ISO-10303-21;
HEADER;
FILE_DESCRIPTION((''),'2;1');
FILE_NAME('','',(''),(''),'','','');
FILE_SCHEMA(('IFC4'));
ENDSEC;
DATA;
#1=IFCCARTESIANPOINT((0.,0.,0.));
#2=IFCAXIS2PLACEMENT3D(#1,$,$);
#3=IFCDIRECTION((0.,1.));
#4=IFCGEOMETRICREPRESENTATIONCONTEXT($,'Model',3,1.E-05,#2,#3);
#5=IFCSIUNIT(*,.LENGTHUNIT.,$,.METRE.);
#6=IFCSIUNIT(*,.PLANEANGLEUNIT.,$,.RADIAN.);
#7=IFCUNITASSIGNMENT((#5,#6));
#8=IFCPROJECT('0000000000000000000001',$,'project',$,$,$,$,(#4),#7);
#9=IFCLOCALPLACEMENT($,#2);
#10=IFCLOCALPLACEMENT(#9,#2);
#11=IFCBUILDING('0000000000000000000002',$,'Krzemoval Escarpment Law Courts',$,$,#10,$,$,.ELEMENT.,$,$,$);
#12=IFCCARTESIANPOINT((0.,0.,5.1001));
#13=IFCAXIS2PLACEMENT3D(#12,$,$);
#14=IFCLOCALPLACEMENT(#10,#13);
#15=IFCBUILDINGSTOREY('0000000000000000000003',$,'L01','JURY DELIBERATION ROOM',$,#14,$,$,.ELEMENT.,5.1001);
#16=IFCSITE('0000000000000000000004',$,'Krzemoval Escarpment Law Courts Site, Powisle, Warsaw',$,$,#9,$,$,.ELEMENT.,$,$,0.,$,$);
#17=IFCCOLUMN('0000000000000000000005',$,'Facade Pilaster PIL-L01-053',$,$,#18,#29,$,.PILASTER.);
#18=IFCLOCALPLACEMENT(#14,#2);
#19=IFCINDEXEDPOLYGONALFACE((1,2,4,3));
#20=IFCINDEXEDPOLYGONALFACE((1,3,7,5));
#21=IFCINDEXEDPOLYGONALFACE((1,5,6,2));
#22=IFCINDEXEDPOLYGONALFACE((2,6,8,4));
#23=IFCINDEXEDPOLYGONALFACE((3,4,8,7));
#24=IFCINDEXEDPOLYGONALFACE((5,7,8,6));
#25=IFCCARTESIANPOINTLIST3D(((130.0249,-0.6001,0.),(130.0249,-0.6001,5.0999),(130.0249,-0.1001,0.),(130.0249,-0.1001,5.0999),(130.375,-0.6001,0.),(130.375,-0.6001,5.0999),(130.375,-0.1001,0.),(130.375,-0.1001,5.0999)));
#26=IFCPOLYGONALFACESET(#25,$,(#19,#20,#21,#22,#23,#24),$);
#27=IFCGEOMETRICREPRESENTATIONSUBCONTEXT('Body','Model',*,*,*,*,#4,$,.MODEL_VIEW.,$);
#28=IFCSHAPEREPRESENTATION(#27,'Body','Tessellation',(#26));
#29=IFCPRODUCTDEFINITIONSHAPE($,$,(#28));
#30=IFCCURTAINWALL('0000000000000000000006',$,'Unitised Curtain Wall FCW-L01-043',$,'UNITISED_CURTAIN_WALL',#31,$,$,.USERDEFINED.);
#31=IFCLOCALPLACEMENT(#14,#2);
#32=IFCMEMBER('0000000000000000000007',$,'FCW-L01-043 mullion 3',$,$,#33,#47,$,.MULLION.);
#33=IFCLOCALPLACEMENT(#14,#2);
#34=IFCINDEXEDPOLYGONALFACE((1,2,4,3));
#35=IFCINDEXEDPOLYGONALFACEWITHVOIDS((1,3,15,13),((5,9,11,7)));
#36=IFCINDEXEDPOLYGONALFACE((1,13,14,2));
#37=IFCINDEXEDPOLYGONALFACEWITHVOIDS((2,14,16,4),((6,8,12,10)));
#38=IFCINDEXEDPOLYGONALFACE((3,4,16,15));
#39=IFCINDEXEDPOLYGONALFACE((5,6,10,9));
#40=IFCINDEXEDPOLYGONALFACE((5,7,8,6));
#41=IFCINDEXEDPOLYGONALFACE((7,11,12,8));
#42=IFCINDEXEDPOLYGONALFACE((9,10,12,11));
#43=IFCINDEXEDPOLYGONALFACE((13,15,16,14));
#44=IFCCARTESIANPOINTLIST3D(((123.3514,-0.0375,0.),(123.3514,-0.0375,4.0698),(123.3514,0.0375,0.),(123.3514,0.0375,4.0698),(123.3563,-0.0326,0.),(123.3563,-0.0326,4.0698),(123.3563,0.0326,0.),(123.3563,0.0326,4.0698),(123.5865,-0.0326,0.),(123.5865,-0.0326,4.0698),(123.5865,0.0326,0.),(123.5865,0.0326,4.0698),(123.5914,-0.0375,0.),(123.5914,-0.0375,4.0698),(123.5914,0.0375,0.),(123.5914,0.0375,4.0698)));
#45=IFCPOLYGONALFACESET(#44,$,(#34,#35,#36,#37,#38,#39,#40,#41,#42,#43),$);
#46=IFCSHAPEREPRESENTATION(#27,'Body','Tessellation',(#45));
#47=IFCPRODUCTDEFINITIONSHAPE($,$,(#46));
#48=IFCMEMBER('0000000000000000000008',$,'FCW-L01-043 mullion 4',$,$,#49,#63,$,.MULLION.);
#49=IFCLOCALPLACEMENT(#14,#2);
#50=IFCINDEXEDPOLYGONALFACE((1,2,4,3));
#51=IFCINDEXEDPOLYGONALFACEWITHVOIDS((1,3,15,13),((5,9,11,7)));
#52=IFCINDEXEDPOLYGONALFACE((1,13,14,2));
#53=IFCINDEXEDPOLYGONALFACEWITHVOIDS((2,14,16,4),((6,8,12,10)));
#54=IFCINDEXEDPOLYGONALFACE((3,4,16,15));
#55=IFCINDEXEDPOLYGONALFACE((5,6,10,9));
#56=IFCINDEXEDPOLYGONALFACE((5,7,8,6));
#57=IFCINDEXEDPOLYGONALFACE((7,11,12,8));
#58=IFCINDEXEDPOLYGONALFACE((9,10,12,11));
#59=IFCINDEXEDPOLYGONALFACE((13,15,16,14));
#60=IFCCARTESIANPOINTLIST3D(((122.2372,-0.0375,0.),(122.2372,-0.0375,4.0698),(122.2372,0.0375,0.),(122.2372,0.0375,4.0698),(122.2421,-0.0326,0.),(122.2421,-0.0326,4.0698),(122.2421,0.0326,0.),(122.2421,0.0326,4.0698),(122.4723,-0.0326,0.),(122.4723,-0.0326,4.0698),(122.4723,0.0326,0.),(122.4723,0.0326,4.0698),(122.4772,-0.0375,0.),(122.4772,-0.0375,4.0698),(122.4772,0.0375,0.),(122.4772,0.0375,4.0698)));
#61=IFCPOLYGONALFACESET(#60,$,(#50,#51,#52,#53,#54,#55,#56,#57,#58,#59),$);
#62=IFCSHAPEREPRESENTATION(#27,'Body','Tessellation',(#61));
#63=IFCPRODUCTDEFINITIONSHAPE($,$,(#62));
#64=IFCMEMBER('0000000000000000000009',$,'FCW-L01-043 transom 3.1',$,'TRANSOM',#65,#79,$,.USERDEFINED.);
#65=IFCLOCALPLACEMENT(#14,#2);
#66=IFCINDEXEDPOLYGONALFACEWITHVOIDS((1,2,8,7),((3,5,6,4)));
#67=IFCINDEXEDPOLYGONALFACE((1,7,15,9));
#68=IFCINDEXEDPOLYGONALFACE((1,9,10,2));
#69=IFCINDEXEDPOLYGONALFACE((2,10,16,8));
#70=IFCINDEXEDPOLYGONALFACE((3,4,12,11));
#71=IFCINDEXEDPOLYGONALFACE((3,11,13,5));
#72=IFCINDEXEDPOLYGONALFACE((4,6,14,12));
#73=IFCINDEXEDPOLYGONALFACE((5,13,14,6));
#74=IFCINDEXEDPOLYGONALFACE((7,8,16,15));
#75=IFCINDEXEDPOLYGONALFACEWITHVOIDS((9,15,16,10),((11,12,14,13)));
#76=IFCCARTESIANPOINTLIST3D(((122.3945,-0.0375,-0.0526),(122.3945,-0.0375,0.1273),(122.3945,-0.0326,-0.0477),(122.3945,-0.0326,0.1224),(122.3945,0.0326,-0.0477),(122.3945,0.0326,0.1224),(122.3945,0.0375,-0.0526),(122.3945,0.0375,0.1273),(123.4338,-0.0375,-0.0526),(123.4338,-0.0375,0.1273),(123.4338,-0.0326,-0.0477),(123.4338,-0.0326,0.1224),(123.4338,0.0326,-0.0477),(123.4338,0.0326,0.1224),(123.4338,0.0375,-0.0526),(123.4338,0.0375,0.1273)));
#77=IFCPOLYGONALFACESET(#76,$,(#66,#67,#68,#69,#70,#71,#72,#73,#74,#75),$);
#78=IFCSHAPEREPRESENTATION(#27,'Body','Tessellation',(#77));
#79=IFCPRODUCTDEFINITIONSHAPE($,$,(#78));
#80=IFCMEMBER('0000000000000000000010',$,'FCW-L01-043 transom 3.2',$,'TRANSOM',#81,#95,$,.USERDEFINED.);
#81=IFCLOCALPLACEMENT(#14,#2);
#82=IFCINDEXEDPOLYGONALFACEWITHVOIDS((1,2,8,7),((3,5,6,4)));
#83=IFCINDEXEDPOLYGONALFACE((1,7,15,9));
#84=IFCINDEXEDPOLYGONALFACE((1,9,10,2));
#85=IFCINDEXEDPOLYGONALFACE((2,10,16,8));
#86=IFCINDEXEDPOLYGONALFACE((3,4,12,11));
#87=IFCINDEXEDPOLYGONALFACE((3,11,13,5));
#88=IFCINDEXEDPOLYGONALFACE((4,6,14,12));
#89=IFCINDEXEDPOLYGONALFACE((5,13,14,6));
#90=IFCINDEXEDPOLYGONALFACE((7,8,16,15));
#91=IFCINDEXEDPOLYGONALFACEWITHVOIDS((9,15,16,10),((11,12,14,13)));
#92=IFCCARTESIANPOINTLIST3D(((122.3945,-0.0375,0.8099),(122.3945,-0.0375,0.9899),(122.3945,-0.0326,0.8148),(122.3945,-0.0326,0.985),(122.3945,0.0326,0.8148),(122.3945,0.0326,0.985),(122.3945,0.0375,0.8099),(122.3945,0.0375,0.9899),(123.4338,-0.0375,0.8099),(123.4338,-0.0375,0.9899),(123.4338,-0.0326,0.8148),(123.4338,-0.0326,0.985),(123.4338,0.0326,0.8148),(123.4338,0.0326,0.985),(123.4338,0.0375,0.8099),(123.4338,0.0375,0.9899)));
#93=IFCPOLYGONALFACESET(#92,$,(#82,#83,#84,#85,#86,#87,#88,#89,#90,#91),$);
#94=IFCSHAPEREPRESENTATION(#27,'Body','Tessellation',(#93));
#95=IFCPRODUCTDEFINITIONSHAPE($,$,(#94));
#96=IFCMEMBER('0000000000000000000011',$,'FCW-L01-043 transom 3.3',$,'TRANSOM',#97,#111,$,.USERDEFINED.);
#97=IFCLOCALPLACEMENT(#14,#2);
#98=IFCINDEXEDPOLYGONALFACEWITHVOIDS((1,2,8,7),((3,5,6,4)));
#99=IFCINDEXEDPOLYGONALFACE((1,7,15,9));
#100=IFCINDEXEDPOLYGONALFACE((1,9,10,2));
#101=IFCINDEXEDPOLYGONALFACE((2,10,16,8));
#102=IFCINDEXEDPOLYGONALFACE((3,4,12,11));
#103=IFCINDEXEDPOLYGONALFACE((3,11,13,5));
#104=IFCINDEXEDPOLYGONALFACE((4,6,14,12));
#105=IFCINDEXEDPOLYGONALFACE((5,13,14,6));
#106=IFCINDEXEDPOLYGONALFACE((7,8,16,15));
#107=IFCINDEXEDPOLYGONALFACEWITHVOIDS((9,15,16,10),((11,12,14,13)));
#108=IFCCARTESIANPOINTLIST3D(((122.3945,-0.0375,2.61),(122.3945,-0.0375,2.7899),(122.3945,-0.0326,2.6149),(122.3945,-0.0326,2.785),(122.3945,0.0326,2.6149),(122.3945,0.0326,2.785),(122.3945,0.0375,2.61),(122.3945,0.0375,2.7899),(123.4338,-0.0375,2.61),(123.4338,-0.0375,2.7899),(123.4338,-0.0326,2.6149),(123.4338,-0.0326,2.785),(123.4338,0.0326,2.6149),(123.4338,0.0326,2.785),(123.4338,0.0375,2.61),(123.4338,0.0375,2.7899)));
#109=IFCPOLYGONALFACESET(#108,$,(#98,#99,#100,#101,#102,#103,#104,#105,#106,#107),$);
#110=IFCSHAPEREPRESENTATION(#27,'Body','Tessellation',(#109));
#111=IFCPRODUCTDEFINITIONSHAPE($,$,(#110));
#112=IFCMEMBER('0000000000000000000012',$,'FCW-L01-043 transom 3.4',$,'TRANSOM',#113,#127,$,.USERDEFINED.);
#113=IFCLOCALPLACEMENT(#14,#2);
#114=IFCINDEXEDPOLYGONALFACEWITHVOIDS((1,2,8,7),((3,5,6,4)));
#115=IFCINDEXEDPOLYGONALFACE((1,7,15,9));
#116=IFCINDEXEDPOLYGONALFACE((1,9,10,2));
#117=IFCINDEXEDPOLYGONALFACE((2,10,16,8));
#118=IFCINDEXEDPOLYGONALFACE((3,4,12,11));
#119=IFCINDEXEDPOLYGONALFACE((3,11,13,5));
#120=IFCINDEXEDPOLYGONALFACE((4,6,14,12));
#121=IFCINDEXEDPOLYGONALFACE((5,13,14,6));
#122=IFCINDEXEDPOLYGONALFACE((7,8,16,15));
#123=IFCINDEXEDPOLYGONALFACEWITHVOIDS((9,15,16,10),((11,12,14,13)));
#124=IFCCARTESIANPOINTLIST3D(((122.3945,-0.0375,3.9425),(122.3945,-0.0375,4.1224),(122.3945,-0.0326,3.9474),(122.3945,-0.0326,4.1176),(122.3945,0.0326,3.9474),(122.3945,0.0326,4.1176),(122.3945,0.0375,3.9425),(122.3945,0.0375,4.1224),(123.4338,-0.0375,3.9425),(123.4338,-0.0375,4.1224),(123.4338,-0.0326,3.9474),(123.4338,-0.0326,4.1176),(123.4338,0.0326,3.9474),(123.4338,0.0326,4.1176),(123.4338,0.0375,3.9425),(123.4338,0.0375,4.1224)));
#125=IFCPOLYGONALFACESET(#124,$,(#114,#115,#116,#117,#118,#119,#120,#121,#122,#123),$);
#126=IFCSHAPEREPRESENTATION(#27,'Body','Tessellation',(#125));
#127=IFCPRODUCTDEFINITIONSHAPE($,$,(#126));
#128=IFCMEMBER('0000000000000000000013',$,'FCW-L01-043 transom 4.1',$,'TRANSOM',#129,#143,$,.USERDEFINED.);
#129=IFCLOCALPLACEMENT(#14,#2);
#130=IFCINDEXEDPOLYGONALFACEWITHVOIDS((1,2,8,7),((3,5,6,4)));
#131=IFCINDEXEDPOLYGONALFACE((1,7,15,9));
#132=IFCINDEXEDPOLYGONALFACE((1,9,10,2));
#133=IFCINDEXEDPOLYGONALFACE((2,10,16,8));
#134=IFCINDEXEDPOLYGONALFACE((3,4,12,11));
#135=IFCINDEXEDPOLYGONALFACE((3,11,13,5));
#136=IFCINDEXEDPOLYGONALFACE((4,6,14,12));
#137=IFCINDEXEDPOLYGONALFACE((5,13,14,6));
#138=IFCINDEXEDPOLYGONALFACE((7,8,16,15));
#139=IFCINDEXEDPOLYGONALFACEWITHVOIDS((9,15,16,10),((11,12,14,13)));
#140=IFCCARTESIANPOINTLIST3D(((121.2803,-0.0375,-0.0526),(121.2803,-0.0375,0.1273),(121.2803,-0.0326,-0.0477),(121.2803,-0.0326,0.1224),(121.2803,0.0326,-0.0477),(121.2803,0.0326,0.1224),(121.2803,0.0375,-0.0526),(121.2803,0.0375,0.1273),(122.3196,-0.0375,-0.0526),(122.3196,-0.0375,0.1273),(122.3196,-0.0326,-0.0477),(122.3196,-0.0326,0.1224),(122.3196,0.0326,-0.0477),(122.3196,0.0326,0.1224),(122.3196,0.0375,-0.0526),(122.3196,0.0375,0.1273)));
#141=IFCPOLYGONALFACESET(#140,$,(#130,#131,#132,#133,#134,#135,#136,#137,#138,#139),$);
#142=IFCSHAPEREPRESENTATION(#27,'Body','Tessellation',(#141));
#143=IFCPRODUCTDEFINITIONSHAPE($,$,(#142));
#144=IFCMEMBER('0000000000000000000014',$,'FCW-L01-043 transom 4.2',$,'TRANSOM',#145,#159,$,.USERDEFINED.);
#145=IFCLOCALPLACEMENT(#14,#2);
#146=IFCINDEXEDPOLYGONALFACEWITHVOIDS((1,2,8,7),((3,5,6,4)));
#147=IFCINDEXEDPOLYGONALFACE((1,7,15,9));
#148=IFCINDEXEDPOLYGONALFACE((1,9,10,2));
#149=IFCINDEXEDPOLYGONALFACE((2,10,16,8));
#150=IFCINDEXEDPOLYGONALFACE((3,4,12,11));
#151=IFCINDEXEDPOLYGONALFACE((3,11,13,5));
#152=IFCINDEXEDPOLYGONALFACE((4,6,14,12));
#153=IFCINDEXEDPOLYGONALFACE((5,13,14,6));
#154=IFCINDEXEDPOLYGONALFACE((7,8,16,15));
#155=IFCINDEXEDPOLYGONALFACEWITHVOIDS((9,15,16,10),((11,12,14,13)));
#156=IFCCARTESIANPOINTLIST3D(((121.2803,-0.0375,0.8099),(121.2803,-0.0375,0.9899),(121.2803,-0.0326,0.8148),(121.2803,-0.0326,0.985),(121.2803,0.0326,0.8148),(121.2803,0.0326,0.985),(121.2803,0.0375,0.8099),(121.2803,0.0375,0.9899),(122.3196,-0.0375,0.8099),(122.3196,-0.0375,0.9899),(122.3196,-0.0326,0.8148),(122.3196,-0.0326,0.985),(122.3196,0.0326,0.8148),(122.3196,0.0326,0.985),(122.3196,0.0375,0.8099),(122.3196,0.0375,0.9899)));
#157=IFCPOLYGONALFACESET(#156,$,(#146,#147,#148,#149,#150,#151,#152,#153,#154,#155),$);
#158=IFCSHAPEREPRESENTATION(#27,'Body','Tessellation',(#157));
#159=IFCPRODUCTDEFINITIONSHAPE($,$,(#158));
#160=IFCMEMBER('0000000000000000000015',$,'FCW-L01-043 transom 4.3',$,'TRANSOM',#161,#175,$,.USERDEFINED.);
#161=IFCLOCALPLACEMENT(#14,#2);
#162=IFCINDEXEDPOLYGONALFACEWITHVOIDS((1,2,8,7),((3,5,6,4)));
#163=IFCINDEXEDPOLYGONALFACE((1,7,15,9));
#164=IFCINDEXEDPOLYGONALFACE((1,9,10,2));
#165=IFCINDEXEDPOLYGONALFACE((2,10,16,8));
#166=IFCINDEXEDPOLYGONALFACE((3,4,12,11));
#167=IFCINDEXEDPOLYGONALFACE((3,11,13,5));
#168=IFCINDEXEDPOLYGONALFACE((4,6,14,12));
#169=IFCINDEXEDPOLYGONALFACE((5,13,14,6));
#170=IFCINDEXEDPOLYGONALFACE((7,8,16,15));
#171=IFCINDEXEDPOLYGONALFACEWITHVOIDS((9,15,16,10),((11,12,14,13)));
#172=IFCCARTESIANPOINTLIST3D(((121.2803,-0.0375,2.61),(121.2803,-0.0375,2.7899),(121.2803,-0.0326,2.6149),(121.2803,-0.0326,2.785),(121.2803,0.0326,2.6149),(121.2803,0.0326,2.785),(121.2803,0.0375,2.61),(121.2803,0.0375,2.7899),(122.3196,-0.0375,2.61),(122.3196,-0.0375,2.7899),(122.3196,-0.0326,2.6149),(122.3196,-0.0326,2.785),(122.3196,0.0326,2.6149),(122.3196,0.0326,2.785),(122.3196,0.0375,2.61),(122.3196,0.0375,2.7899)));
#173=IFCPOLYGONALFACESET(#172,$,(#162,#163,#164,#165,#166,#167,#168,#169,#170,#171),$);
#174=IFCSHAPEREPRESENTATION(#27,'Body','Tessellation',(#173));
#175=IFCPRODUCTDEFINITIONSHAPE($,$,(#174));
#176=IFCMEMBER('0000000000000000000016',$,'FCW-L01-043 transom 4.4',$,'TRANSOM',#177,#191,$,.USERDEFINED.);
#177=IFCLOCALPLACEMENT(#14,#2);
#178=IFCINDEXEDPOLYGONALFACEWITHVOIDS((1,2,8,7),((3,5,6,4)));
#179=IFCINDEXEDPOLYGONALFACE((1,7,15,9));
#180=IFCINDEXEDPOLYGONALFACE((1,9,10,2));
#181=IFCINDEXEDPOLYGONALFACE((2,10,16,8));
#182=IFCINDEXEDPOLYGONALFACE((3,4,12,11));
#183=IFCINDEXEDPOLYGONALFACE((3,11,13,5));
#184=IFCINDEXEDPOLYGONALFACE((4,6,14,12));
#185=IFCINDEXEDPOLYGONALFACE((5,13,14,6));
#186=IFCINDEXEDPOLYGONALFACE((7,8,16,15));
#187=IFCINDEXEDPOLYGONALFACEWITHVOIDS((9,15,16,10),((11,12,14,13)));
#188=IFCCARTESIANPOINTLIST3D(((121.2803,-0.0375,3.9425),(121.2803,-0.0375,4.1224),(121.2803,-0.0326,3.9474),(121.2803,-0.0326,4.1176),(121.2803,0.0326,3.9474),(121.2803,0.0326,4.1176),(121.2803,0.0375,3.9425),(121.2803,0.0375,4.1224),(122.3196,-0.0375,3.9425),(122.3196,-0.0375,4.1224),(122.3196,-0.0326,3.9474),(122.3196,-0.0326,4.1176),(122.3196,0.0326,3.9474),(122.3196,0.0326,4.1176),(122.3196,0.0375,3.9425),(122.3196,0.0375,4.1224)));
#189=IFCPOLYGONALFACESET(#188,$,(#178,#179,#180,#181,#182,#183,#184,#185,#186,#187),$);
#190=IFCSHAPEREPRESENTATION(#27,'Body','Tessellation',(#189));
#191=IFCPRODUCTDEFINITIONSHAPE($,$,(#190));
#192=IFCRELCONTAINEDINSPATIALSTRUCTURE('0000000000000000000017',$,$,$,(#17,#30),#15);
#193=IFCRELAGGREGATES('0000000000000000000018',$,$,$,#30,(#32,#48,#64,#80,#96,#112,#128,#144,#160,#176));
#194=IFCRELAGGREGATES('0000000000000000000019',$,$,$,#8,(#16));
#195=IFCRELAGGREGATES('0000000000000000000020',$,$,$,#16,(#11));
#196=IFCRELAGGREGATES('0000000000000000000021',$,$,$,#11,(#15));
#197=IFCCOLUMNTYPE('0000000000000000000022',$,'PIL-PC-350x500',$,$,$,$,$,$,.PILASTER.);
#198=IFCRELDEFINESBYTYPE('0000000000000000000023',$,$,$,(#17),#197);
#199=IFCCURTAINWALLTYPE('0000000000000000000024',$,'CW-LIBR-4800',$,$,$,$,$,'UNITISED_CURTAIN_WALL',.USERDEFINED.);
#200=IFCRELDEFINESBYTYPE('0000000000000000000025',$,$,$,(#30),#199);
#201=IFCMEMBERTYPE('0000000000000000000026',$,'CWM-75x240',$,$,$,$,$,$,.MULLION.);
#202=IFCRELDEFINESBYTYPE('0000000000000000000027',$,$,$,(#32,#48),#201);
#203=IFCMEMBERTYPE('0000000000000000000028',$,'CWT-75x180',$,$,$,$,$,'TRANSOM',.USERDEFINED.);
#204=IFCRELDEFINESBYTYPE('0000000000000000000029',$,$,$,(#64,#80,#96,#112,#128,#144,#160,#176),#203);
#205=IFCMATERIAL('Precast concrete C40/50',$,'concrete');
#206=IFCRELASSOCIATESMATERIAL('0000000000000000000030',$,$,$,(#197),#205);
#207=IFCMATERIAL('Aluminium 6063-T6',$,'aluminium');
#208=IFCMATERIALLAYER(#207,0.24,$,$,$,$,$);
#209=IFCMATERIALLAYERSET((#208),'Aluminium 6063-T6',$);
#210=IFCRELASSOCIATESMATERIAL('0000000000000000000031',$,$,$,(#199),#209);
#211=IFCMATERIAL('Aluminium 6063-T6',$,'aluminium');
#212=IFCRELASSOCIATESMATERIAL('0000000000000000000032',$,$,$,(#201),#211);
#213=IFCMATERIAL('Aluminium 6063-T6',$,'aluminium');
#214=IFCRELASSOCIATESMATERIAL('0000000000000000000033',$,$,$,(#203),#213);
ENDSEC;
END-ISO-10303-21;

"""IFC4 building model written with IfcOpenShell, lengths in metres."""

from ifc_helpers import new_model, si_unit, direction, frame, origin, origin_2d, place, context, subcontext, project, spatial, rectangle, hollow_rectangle, extrude, material, layer, layer_set, material_profile, profile_set, type_object, element, aggregate, save


model = new_model("IFC4")

# Units and contexts
model_context = context("Model", 3, precision=1e-05, world=origin(), true_north=direction((0.0, 1.0)))
body_context = subcontext(model_context, "Body", "Model", "MODEL_VIEW")
ifc_project = project(units=[si_unit("LENGTHUNIT", "METRE"), si_unit("PLANEANGLEUNIT", "RADIAN")], contexts=[model_context])

# Site, building, storey
site_placement = place(None, origin())
site = spatial("IfcSite", under=ifc_project, at=site_placement, Name="Krzemoval Escarpment Law Courts Site, Powisle, Warsaw", CompositionType="ELEMENT", RefElevation=0.0)
building_placement = place(site_placement, origin())
building = spatial("IfcBuilding", under=site, at=building_placement, Name="Krzemoval Escarpment Law Courts", CompositionType="ELEMENT")
storey_placement = place(building_placement, frame((0.0, 0.0, 5.1001)))
storey = spatial("IfcBuildingStorey", under=building, at=storey_placement, Name="L01", Description="JURY DELIBERATION ROOM", CompositionType="ELEMENT", Elevation=5.1001)

# Column
ifc_material_1 = material(Name="Precast concrete C40/50", Category="concrete")
ifc_material_profile_1 = material_profile(ifc_material_1, rectangle(XDim=0.3501, YDim=0.5, at=origin_2d()), Name="PIL 350x500")
ifc_profile_set_1 = profile_set([ifc_material_profile_1], Name="Precast concrete C40/50")
column_type = type_object("IfcColumnType", Name="PIL-PC-350x500", PredefinedType="PILASTER", material=ifc_profile_set_1)
column_placement = place(storey_placement, frame((130.2, -0.3501, 0.0), z_axis=(0.0, 0.0, 1.0), x_axis=(1.0, 0.0, 0.0)))
element("IfcColumn", 1, at=column_placement, inside=storey, type_object=column_type, Name="Facade Pilaster PIL-L01-053", PredefinedType="PILASTER", context=body_context, shape_type="SweptSolid", body=[
    extrude(rectangle(XDim=0.3501, YDim=0.5, at=origin_2d()), origin(), (0.0, 0.0, 1.0), 5.0999),
])

# Curtain wall, members
ifc_material_2 = material(Name="Aluminium 6063-T6", Category="aluminium")
ifc_layer_1 = layer(ifc_material_2, 0.24)
ifc_layer_set_1 = layer_set([ifc_layer_1], Name="Aluminium 6063-T6")
curtain_wall_type = type_object("IfcCurtainWallType", Name="CW-LIBR-4800", ElementType="UNITISED_CURTAIN_WALL", PredefinedType="USERDEFINED", material=ifc_layer_set_1)
curtain_wall_placement = place(storey_placement, origin())
curtain_wall = element("IfcCurtainWall", 2, at=curtain_wall_placement, inside=storey, type_object=curtain_wall_type, Name="Unitised Curtain Wall FCW-L01-043", ObjectType="UNITISED_CURTAIN_WALL", PredefinedType="USERDEFINED")
ifc_material_3 = material(Name="Aluminium 6063-T6", Category="aluminium")
ifc_material_profile_2 = material_profile(ifc_material_3, hollow_rectangle(XDim=0.075, YDim=0.24, WallThickness=0.0049, at=origin_2d()), Name="ALU M75x240")
ifc_profile_set_2 = profile_set([ifc_material_profile_2], Name="Aluminium 6063-T6")
member_type_1 = type_object("IfcMemberType", Name="CWM-75x240", PredefinedType="MULLION", material=ifc_profile_set_2)
member_1_placement = place(storey_placement, frame((123.4714, 0.0, 0.0), z_axis=(0.0, 0.0, 1.0), x_axis=(0.0, -1.0, 0.0)))
member_1 = element("IfcMember", 3, at=member_1_placement, type_object=member_type_1, Name="FCW-L01-043 mullion 3", PredefinedType="MULLION", context=body_context, shape_type="SweptSolid", body=[
    extrude(hollow_rectangle(XDim=0.075, YDim=0.24, WallThickness=0.0049, at=origin_2d()), origin(), (0.0, 0.0, 1.0), 4.0698),
])
member_2_placement = place(storey_placement, frame((122.3572, 0.0, 0.0), z_axis=(0.0, 0.0, 1.0), x_axis=(0.0, -1.0, 0.0)))
member_2 = element("IfcMember", 4, at=member_2_placement, type_object=member_type_1, Name="FCW-L01-043 mullion 4", PredefinedType="MULLION", context=body_context, shape_type="SweptSolid", body=[
    extrude(hollow_rectangle(XDim=0.075, YDim=0.24, WallThickness=0.0049, at=origin_2d()), origin(), (0.0, 0.0, 1.0), 4.0698),
])
ifc_material_4 = material(Name="Aluminium 6063-T6", Category="aluminium")
ifc_material_profile_3 = material_profile(ifc_material_4, hollow_rectangle(XDim=0.075, YDim=0.1799, WallThickness=0.0049, at=origin_2d()), Name="ALU T75x180")
ifc_profile_set_3 = profile_set([ifc_material_profile_3], Name="Aluminium 6063-T6")
member_type_2 = type_object("IfcMemberType", Name="CWT-75x180", ElementType="TRANSOM", PredefinedType="USERDEFINED", material=ifc_profile_set_3)
member_3_placement = place(storey_placement, frame((123.4338, 0.0, 0.0374), z_axis=(-1.0, 0.0, 0.0), x_axis=(0.0, -1.0, 0.0)))
member_3 = element("IfcMember", 5, at=member_3_placement, type_object=member_type_2, Name="FCW-L01-043 transom 3.1", ObjectType="TRANSOM", PredefinedType="USERDEFINED", context=body_context, shape_type="SweptSolid", body=[
    extrude(hollow_rectangle(XDim=0.075, YDim=0.1799, WallThickness=0.0049, at=origin_2d()), origin(), (0.0, 0.0, 1.0), 1.0393),
])
member_4_placement = place(storey_placement, frame((123.4338, 0.0, 0.8999), z_axis=(-1.0, 0.0, 0.0), x_axis=(0.0, -1.0, 0.0)))
member_4 = element("IfcMember", 6, at=member_4_placement, type_object=member_type_2, Name="FCW-L01-043 transom 3.2", ObjectType="TRANSOM", PredefinedType="USERDEFINED", context=body_context, shape_type="SweptSolid", body=[
    extrude(hollow_rectangle(XDim=0.075, YDim=0.1799, WallThickness=0.0049, at=origin_2d()), origin(), (0.0, 0.0, 1.0), 1.0393),
])
member_5_placement = place(storey_placement, frame((123.4338, 0.0, 2.7), z_axis=(-1.0, 0.0, 0.0), x_axis=(0.0, -1.0, 0.0)))
member_5 = element("IfcMember", 7, at=member_5_placement, type_object=member_type_2, Name="FCW-L01-043 transom 3.3", ObjectType="TRANSOM", PredefinedType="USERDEFINED", context=body_context, shape_type="SweptSolid", body=[
    extrude(hollow_rectangle(XDim=0.075, YDim=0.1799, WallThickness=0.0049, at=origin_2d()), origin(), (0.0, 0.0, 1.0), 1.0393),
])
member_6_placement = place(storey_placement, frame((123.4338, 0.0, 4.0325), z_axis=(-1.0, 0.0, 0.0), x_axis=(0.0, -1.0, 0.0)))
member_6 = element("IfcMember", 8, at=member_6_placement, type_object=member_type_2, Name="FCW-L01-043 transom 3.4", ObjectType="TRANSOM", PredefinedType="USERDEFINED", context=body_context, shape_type="SweptSolid", body=[
    extrude(hollow_rectangle(XDim=0.075, YDim=0.1799, WallThickness=0.0049, at=origin_2d()), origin(), (0.0, 0.0, 1.0), 1.0393),
])
member_7_placement = place(storey_placement, frame((122.3196, 0.0, 0.0374), z_axis=(-1.0, 0.0, 0.0), x_axis=(0.0, -1.0, 0.0)))
member_7 = element("IfcMember", 9, at=member_7_placement, type_object=member_type_2, Name="FCW-L01-043 transom 4.1", ObjectType="TRANSOM", PredefinedType="USERDEFINED", context=body_context, shape_type="SweptSolid", body=[
    extrude(hollow_rectangle(XDim=0.075, YDim=0.1799, WallThickness=0.0049, at=origin_2d()), origin(), (0.0, 0.0, 1.0), 1.0393),
])
member_8_placement = place(storey_placement, frame((122.3196, 0.0, 0.8999), z_axis=(-1.0, 0.0, 0.0), x_axis=(0.0, -1.0, 0.0)))
member_8 = element("IfcMember", 10, at=member_8_placement, type_object=member_type_2, Name="FCW-L01-043 transom 4.2", ObjectType="TRANSOM", PredefinedType="USERDEFINED", context=body_context, shape_type="SweptSolid", body=[
    extrude(hollow_rectangle(XDim=0.075, YDim=0.1799, WallThickness=0.0049, at=origin_2d()), origin(), (0.0, 0.0, 1.0), 1.0393),
])
member_9_placement = place(storey_placement, frame((122.3196, 0.0, 2.7), z_axis=(-1.0, 0.0, 0.0), x_axis=(0.0, -1.0, 0.0)))
member_9 = element("IfcMember", 11, at=member_9_placement, type_object=member_type_2, Name="FCW-L01-043 transom 4.3", ObjectType="TRANSOM", PredefinedType="USERDEFINED", context=body_context, shape_type="SweptSolid", body=[
    extrude(hollow_rectangle(XDim=0.075, YDim=0.1799, WallThickness=0.0049, at=origin_2d()), origin(), (0.0, 0.0, 1.0), 1.0393),
])
member_10_placement = place(storey_placement, frame((122.3196, 0.0, 4.0325), z_axis=(-1.0, 0.0, 0.0), x_axis=(0.0, -1.0, 0.0)))
member_10 = element("IfcMember", 12, at=member_10_placement, type_object=member_type_2, Name="FCW-L01-043 transom 4.4", ObjectType="TRANSOM", PredefinedType="USERDEFINED", context=body_context, shape_type="SweptSolid", body=[
    extrude(hollow_rectangle(XDim=0.075, YDim=0.1799, WallThickness=0.0049, at=origin_2d()), origin(), (0.0, 0.0, 1.0), 1.0393),
])

aggregate(curtain_wall, [member_1, member_2, member_3, member_4, member_5, member_6, member_7, member_8, member_9, member_10])

save(model, "model.ifc")
